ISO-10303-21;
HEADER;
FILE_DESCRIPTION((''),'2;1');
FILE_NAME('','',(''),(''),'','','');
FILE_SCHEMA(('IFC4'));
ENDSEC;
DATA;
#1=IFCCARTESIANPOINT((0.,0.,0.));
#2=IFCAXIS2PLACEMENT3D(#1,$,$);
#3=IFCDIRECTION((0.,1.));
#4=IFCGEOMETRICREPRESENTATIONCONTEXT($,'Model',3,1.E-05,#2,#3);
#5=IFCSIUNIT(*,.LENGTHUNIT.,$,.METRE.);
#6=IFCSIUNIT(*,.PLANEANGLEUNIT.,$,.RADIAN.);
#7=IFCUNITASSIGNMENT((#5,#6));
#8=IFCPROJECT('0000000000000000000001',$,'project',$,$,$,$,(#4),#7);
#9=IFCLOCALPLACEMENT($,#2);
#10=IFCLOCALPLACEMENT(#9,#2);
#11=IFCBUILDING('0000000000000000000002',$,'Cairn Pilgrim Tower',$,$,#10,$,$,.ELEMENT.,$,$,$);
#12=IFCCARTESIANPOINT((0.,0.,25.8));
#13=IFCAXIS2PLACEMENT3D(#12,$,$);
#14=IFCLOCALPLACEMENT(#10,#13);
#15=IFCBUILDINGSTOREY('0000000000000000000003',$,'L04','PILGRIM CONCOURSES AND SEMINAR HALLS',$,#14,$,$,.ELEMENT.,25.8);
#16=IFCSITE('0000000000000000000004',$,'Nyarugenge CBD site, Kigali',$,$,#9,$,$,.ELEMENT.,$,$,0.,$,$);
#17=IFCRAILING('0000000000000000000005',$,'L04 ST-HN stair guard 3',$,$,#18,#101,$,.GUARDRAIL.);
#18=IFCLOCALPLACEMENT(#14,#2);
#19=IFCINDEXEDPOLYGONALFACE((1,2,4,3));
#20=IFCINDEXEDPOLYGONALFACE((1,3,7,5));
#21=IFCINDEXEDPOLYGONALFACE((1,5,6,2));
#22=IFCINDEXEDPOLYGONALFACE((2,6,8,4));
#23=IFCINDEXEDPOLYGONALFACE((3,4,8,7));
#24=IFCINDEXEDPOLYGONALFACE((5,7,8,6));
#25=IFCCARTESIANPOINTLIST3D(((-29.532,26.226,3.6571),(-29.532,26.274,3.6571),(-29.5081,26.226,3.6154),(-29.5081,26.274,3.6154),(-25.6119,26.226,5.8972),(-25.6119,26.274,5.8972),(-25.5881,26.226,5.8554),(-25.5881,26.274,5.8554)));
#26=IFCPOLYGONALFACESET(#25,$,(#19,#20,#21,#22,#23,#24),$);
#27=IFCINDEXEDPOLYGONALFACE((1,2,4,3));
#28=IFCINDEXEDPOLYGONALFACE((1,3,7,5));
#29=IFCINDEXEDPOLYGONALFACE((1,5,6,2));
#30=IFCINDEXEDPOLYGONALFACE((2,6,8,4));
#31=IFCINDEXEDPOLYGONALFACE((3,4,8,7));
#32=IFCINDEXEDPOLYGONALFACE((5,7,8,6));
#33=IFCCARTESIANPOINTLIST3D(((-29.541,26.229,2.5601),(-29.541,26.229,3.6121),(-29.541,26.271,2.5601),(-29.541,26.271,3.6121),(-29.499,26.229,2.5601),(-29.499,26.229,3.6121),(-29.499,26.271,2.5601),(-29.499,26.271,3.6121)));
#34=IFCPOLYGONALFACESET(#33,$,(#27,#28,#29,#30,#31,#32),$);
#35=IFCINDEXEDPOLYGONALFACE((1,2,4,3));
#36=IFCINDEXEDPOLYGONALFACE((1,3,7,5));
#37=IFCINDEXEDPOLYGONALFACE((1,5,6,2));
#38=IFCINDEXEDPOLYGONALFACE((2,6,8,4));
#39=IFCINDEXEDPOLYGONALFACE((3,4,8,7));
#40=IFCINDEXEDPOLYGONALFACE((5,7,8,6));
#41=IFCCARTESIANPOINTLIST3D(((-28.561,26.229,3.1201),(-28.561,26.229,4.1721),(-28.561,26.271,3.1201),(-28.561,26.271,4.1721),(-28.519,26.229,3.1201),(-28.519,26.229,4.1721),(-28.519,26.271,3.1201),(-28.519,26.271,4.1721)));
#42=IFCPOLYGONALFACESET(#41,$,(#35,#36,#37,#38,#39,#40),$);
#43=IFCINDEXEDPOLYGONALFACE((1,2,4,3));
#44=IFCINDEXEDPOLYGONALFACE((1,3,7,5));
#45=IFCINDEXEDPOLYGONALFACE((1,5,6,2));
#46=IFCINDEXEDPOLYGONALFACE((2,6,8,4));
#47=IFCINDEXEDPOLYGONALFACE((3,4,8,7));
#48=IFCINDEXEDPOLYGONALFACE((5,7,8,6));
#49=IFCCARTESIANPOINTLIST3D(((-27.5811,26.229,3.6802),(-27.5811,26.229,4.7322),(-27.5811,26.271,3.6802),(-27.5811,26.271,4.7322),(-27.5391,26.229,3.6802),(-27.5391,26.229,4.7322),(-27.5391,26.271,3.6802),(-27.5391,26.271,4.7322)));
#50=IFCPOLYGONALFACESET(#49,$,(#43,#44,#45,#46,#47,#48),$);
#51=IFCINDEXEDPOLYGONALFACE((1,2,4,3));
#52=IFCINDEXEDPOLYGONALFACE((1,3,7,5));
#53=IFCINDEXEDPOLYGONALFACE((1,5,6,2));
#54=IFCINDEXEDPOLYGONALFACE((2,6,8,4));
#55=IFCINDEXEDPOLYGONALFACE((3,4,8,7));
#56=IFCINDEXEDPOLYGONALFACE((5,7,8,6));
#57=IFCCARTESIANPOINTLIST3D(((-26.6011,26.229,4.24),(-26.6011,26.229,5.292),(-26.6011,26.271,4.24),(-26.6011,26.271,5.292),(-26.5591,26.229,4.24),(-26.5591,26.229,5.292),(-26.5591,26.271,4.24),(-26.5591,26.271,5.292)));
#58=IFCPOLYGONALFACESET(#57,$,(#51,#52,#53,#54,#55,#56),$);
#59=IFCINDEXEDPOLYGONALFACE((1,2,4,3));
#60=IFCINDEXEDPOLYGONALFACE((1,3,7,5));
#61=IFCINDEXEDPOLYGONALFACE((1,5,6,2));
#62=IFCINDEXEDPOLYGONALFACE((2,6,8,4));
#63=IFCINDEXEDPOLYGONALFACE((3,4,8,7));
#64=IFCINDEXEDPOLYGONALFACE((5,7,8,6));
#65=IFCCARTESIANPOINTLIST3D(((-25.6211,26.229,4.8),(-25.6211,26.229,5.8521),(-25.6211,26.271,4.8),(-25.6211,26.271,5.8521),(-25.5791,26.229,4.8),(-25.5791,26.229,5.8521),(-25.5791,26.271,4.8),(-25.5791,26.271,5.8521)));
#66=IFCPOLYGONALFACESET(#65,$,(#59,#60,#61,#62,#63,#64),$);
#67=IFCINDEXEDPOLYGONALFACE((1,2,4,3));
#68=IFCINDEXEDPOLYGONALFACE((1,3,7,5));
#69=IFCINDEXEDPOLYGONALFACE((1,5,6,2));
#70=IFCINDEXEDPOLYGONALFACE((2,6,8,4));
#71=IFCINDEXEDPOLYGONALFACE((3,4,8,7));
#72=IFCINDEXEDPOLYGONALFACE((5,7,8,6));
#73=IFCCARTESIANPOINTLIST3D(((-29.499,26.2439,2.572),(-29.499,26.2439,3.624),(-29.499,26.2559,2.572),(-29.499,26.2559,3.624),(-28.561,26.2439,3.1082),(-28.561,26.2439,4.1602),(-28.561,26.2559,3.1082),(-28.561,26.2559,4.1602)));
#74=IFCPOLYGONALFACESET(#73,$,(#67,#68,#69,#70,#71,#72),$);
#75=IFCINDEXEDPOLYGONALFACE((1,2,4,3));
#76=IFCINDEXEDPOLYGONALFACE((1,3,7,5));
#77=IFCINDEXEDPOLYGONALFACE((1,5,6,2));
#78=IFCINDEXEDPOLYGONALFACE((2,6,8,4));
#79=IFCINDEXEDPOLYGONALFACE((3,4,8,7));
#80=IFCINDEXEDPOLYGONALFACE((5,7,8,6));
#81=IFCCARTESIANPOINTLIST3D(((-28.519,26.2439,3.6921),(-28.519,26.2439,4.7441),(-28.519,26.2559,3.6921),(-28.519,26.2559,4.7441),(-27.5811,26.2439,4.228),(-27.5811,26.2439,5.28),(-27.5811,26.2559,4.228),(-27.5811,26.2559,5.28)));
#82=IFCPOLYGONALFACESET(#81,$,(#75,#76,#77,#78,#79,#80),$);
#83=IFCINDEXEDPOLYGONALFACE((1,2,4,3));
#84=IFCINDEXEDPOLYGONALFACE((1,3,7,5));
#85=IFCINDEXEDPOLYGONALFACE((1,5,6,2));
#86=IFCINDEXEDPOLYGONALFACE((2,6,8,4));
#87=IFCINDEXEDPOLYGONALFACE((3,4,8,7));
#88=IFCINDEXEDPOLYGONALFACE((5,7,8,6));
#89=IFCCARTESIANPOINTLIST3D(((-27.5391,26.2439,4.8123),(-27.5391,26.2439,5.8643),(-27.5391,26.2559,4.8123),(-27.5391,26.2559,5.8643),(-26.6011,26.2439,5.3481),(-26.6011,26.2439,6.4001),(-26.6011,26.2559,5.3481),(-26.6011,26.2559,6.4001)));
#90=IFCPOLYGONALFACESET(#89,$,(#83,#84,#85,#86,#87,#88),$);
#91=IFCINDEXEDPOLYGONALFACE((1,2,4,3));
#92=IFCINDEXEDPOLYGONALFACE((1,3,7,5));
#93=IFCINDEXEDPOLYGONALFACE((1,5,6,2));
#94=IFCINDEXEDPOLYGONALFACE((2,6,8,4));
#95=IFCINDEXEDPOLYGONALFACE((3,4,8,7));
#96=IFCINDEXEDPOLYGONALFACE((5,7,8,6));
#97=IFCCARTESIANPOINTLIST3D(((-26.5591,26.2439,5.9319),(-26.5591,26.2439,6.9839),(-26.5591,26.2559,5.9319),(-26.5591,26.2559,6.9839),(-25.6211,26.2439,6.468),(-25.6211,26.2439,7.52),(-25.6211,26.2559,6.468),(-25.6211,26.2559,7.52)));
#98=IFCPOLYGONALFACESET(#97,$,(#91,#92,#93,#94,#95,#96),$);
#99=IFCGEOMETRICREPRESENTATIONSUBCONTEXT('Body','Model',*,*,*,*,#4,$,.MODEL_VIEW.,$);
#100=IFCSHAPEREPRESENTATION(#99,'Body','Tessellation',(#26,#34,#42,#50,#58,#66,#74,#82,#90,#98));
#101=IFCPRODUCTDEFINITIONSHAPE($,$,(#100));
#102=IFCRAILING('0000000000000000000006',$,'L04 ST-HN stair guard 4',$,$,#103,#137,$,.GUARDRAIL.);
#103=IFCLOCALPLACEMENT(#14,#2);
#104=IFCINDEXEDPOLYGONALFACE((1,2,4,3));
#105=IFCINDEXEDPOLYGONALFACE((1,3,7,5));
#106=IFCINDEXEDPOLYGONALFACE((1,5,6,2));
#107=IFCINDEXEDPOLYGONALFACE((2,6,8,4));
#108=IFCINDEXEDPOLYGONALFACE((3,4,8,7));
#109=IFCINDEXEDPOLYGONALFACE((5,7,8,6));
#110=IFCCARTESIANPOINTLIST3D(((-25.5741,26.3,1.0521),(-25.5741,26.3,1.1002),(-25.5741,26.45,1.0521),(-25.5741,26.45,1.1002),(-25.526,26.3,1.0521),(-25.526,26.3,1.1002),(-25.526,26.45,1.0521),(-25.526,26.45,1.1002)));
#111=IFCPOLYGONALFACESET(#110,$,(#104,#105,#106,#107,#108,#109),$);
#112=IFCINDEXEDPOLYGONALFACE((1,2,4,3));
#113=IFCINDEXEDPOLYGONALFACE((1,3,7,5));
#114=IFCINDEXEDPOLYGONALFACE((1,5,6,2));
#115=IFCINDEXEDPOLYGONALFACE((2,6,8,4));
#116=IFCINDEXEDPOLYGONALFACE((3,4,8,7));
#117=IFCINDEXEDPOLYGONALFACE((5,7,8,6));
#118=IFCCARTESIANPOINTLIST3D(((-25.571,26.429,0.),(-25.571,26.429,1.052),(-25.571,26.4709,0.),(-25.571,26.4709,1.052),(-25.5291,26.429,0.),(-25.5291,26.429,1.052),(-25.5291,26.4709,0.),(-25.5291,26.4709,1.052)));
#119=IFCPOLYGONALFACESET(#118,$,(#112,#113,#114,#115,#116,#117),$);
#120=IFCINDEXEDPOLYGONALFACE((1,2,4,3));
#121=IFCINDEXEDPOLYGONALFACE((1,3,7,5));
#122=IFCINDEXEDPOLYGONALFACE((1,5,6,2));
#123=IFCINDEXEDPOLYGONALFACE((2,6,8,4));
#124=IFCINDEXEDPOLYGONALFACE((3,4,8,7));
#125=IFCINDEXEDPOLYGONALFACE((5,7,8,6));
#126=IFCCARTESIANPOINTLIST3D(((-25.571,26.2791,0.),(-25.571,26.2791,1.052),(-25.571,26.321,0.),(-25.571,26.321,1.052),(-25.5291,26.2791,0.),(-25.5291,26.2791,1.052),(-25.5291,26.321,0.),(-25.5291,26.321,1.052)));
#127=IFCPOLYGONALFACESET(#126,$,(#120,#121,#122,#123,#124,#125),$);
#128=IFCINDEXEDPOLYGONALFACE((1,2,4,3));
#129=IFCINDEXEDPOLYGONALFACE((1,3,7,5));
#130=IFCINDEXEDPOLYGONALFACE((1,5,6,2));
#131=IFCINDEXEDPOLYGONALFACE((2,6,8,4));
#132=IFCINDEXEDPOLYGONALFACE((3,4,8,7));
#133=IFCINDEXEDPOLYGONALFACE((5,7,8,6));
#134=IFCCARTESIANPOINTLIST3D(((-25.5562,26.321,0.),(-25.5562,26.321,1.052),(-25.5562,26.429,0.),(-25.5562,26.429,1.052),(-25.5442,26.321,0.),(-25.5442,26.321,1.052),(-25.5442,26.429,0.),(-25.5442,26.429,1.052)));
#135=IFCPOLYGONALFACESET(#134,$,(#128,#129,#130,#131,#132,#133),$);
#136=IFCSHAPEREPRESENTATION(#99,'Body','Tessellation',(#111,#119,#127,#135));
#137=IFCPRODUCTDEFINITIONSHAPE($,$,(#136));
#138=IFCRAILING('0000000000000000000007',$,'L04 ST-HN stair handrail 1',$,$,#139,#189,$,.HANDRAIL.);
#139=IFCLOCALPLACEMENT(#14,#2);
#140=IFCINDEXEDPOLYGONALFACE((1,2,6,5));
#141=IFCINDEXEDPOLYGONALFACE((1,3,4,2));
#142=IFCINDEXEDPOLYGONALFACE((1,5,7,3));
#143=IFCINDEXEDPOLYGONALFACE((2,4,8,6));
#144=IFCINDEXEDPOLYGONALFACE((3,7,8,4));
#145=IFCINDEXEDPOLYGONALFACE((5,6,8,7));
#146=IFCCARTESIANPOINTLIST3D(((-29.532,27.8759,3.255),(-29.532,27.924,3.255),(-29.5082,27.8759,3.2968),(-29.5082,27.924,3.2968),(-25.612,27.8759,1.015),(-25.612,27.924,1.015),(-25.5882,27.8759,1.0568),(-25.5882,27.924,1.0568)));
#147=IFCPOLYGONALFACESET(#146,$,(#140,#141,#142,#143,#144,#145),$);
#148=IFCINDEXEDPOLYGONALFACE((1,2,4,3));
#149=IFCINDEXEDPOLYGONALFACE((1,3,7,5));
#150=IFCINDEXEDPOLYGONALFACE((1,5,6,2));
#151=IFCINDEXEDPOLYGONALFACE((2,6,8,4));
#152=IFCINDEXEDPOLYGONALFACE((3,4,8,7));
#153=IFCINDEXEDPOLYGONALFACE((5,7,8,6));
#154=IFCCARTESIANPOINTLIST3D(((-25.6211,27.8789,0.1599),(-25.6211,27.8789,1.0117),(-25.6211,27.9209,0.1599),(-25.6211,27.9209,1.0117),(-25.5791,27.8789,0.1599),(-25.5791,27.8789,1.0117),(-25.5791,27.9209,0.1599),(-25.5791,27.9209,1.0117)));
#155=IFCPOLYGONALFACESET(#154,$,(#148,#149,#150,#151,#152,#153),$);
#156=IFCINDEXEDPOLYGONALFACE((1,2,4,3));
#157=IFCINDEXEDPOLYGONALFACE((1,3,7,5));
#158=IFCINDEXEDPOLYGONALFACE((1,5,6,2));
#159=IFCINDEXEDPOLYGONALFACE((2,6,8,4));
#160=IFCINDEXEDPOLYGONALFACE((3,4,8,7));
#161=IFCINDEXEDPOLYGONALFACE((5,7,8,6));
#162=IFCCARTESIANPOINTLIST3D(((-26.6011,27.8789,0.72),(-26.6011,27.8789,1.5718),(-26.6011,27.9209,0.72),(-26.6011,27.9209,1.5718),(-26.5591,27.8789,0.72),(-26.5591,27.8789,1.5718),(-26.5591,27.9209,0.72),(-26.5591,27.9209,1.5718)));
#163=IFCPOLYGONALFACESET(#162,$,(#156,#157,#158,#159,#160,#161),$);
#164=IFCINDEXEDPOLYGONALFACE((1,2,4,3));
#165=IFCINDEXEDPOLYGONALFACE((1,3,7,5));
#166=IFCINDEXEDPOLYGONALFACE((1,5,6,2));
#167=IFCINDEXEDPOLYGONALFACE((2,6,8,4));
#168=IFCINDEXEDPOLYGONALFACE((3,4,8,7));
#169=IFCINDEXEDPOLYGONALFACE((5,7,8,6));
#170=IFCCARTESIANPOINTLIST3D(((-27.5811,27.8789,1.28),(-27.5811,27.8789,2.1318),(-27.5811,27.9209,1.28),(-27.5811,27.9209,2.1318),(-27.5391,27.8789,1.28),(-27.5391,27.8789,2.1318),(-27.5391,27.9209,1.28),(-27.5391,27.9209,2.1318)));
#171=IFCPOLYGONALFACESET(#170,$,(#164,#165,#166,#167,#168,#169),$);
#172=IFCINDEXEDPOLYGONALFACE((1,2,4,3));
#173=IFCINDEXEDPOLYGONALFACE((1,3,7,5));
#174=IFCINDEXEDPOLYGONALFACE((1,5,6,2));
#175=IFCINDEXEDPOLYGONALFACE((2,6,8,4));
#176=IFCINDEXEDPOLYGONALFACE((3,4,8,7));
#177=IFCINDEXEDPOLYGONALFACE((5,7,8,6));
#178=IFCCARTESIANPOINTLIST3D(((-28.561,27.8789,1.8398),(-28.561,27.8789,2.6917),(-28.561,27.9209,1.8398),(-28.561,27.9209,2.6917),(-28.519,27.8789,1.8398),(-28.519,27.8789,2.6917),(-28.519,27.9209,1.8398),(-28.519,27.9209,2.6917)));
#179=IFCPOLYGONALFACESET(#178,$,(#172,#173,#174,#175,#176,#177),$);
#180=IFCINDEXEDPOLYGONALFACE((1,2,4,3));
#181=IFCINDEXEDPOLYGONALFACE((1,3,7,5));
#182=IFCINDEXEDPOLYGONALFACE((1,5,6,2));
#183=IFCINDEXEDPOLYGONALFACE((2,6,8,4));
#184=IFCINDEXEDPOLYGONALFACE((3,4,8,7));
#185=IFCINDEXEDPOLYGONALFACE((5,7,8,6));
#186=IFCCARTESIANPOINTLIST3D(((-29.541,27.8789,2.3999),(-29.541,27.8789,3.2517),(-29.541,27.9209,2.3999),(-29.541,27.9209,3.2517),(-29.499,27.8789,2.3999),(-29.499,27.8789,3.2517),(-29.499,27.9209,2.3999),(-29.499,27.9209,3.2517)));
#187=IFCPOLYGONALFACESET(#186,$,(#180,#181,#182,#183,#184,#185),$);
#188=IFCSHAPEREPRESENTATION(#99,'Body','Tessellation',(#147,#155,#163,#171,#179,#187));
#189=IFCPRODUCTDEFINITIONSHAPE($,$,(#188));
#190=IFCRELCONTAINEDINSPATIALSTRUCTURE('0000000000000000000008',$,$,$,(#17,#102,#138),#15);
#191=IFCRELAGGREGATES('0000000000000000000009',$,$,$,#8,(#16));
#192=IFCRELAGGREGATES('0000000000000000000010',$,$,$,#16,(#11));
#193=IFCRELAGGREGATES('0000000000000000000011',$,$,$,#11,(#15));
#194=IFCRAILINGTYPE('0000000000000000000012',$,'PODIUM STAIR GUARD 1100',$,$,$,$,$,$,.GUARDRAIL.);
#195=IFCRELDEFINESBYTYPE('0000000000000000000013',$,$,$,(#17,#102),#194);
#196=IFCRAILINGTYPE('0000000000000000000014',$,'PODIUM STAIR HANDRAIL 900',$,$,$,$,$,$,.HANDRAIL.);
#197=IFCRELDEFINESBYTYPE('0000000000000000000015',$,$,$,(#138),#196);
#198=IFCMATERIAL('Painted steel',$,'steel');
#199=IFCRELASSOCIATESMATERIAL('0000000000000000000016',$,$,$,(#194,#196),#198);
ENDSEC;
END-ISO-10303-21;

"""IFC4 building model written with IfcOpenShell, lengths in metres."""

from ifc_helpers import new_model, si_unit, direction, frame, origin, origin_2d, place, context, subcontext, project, spatial, polyline, rectangle, outline, extrude, material, type_object, element, save


model = new_model("IFC4")

# Units and contexts
model_context = context("Model", 3, precision=1e-05, world=origin(), true_north=direction((0.0, 1.0)))
body_context = subcontext(model_context, "Body", "Model", "MODEL_VIEW")
ifc_project = project(units=[si_unit("LENGTHUNIT", "METRE"), si_unit("PLANEANGLEUNIT", "RADIAN")], contexts=[model_context])

# Site, building, storey
site_placement = place(None, origin())
site = spatial("IfcSite", under=ifc_project, at=site_placement, Name="Nyarugenge CBD site, Kigali", CompositionType="ELEMENT", RefElevation=0.0)
building_placement = place(site_placement, origin())
building = spatial("IfcBuilding", under=site, at=building_placement, Name="Cairn Pilgrim Tower", CompositionType="ELEMENT")
storey_placement = place(building_placement, frame((0.0, 0.0, 25.8)))
storey = spatial("IfcBuildingStorey", under=building, at=storey_placement, Name="L04", Description="PILGRIM CONCOURSES AND SEMINAR HALLS", CompositionType="ELEMENT", Elevation=25.8)

# Railings
ifc_material_1 = material(Name="Painted steel", Category="steel")
railing_type_1 = type_object("IfcRailingType", Name="PODIUM STAIR GUARD 1100", PredefinedType="GUARDRAIL", material=ifc_material_1)
railing_1_placement = place(storey_placement, frame((-29.52, 26.25, 2.5601)))
element("IfcRailing", 1, at=railing_1_placement, inside=storey, type_object=railing_type_1, Name="L04 ST-HN stair guard 3", PredefinedType="GUARDRAIL", context=body_context, shape_type="SweptSolid", body=[
    extrude(rectangle(XDim=0.0481, YDim=0.0481, at=origin_2d()), frame((0.0, 0.0, 1.0762), z_axis=(0.86824, 0.0, 0.496145), x_axis=(0.0, 1.0, 0.0)), (0.0, 0.0, 1.0), 4.5149),
    extrude(rectangle(XDim=0.042, YDim=0.042, at=origin_2d()), origin(), (0.0, 0.0, 1.0), 1.052),
    extrude(rectangle(XDim=0.042, YDim=0.042, at=origin_2d()), frame((0.98, 0.0, 0.5601)), (0.0, 0.0, 1.0), 1.052),
    extrude(rectangle(XDim=0.042, YDim=0.042, at=origin_2d()), frame((1.96, 0.0, 1.1201)), (0.0, 0.0, 1.0), 1.052),
    extrude(rectangle(XDim=0.042, YDim=0.042, at=origin_2d()), frame((2.9399, 0.0, 1.6799)), (0.0, 0.0, 1.0), 1.052),
    extrude(rectangle(XDim=0.042, YDim=0.042, at=origin_2d()), frame((3.9199, 0.0, 2.24)), (0.0, 0.0, 1.0), 1.052),
    extrude(outline(polyline([(0.021, 0.012), (0.959, 0.5481), (0.959, 1.6001), (0.021, 1.064), (0.021, 0.012)])), frame((0.0, 0.0059, 0.0), z_axis=(0.0, -1.0, 0.0), x_axis=(1.0, 0.0, 0.0)), (0.0, 0.0, 1.0), 0.012),
    extrude(outline(polyline([(0.021, 0.572), (0.959, 1.1079), (0.959, 2.1599), (0.021, 1.624), (0.021, 0.572)])), frame((0.98, 0.0059, 0.5601), z_axis=(0.0, -1.0, 0.0), x_axis=(1.0, 0.0, 0.0)), (0.0, 0.0, 1.0), 0.012),
    extrude(outline(polyline([(0.021, 1.1321), (0.959, 1.668), (0.959, 2.72), (0.021, 2.1841), (0.021, 1.1321)])), frame((1.96, 0.0059, 1.1201), z_axis=(0.0, -1.0, 0.0), x_axis=(1.0, 0.0, 0.0)), (0.0, 0.0, 1.0), 0.012),
    extrude(outline(polyline([(0.021, 1.6919), (0.959, 2.228), (0.959, 3.28), (0.021, 2.7439), (0.021, 1.6919)])), frame((2.9399, 0.0059, 1.6799), z_axis=(0.0, -1.0, 0.0), x_axis=(1.0, 0.0, 0.0)), (0.0, 0.0, 1.0), 0.012),
])
railing_2_placement = place(storey_placement, frame((-25.55, 26.45, 0.0)))
element("IfcRailing", 2, at=railing_2_placement, inside=storey, type_object=railing_type_1, Name="L04 ST-HN stair guard 4", PredefinedType="GUARDRAIL", context=body_context, shape_type="SweptSolid", body=[
    extrude(rectangle(XDim=0.0481, YDim=0.0481, at=origin_2d()), frame((0.0, 0.0, 1.0762), z_axis=(0.0, -1.0, 0.0), x_axis=(1.0, 0.0, 0.0)), (0.0, 0.0, 1.0), 0.1499),
    extrude(rectangle(XDim=0.042, YDim=0.042, at=origin_2d()), origin(), (0.0, 0.0, 1.0), 1.052),
    extrude(rectangle(XDim=0.042, YDim=0.042, at=origin_2d()), frame((0.0, -0.1499, 0.0)), (0.0, 0.0, 1.0), 1.052),
    extrude(outline(polyline([(0.021, 0.0), (0.1289, 0.0), (0.1289, 1.052), (0.021, 1.052), (0.021, 0.0)])), frame((0.0059, 0.0, 0.0), z_axis=(-1.0, 0.0, 0.0), x_axis=(0.0, -1.0, 0.0)), (0.0, 0.0, 1.0), 0.012),
])
railing_type_2 = type_object("IfcRailingType", Name="PODIUM STAIR HANDRAIL 900", PredefinedType="HANDRAIL", material=ifc_material_1)
railing_3_placement = place(storey_placement, frame((-25.6001, 27.8999, 0.1599)))
element("IfcRailing", 3, at=railing_3_placement, inside=storey, type_object=railing_type_2, Name="L04 ST-HN stair handrail 1", PredefinedType="HANDRAIL", context=body_context, shape_type="SweptSolid", body=[
    extrude(rectangle(XDim=0.0481, YDim=0.0481, at=origin_2d()), frame((0.0, 0.0, 0.876), z_axis=(-0.86824, 0.0, 0.496145), x_axis=(0.0, -1.0, 0.0)), (0.0, 0.0, 1.0), 4.5149),
    extrude(rectangle(XDim=0.042, YDim=0.042, at=origin_2d()), origin(), (0.0, 0.0, 1.0), 0.8518),
    extrude(rectangle(XDim=0.042, YDim=0.042, at=origin_2d()), frame((-0.98, 0.0, 0.5601)), (0.0, 0.0, 1.0), 0.8518),
    extrude(rectangle(XDim=0.042, YDim=0.042, at=origin_2d()), frame((-1.96, 0.0, 1.1201)), (0.0, 0.0, 1.0), 0.8518),
    extrude(rectangle(XDim=0.042, YDim=0.042, at=origin_2d()), frame((-2.9399, 0.0, 1.6799)), (0.0, 0.0, 1.0), 0.8518),
    extrude(rectangle(XDim=0.042, YDim=0.042, at=origin_2d()), frame((-3.9199, 0.0, 2.24)), (0.0, 0.0, 1.0), 0.8518),
])

save(model, "model.ifc")
